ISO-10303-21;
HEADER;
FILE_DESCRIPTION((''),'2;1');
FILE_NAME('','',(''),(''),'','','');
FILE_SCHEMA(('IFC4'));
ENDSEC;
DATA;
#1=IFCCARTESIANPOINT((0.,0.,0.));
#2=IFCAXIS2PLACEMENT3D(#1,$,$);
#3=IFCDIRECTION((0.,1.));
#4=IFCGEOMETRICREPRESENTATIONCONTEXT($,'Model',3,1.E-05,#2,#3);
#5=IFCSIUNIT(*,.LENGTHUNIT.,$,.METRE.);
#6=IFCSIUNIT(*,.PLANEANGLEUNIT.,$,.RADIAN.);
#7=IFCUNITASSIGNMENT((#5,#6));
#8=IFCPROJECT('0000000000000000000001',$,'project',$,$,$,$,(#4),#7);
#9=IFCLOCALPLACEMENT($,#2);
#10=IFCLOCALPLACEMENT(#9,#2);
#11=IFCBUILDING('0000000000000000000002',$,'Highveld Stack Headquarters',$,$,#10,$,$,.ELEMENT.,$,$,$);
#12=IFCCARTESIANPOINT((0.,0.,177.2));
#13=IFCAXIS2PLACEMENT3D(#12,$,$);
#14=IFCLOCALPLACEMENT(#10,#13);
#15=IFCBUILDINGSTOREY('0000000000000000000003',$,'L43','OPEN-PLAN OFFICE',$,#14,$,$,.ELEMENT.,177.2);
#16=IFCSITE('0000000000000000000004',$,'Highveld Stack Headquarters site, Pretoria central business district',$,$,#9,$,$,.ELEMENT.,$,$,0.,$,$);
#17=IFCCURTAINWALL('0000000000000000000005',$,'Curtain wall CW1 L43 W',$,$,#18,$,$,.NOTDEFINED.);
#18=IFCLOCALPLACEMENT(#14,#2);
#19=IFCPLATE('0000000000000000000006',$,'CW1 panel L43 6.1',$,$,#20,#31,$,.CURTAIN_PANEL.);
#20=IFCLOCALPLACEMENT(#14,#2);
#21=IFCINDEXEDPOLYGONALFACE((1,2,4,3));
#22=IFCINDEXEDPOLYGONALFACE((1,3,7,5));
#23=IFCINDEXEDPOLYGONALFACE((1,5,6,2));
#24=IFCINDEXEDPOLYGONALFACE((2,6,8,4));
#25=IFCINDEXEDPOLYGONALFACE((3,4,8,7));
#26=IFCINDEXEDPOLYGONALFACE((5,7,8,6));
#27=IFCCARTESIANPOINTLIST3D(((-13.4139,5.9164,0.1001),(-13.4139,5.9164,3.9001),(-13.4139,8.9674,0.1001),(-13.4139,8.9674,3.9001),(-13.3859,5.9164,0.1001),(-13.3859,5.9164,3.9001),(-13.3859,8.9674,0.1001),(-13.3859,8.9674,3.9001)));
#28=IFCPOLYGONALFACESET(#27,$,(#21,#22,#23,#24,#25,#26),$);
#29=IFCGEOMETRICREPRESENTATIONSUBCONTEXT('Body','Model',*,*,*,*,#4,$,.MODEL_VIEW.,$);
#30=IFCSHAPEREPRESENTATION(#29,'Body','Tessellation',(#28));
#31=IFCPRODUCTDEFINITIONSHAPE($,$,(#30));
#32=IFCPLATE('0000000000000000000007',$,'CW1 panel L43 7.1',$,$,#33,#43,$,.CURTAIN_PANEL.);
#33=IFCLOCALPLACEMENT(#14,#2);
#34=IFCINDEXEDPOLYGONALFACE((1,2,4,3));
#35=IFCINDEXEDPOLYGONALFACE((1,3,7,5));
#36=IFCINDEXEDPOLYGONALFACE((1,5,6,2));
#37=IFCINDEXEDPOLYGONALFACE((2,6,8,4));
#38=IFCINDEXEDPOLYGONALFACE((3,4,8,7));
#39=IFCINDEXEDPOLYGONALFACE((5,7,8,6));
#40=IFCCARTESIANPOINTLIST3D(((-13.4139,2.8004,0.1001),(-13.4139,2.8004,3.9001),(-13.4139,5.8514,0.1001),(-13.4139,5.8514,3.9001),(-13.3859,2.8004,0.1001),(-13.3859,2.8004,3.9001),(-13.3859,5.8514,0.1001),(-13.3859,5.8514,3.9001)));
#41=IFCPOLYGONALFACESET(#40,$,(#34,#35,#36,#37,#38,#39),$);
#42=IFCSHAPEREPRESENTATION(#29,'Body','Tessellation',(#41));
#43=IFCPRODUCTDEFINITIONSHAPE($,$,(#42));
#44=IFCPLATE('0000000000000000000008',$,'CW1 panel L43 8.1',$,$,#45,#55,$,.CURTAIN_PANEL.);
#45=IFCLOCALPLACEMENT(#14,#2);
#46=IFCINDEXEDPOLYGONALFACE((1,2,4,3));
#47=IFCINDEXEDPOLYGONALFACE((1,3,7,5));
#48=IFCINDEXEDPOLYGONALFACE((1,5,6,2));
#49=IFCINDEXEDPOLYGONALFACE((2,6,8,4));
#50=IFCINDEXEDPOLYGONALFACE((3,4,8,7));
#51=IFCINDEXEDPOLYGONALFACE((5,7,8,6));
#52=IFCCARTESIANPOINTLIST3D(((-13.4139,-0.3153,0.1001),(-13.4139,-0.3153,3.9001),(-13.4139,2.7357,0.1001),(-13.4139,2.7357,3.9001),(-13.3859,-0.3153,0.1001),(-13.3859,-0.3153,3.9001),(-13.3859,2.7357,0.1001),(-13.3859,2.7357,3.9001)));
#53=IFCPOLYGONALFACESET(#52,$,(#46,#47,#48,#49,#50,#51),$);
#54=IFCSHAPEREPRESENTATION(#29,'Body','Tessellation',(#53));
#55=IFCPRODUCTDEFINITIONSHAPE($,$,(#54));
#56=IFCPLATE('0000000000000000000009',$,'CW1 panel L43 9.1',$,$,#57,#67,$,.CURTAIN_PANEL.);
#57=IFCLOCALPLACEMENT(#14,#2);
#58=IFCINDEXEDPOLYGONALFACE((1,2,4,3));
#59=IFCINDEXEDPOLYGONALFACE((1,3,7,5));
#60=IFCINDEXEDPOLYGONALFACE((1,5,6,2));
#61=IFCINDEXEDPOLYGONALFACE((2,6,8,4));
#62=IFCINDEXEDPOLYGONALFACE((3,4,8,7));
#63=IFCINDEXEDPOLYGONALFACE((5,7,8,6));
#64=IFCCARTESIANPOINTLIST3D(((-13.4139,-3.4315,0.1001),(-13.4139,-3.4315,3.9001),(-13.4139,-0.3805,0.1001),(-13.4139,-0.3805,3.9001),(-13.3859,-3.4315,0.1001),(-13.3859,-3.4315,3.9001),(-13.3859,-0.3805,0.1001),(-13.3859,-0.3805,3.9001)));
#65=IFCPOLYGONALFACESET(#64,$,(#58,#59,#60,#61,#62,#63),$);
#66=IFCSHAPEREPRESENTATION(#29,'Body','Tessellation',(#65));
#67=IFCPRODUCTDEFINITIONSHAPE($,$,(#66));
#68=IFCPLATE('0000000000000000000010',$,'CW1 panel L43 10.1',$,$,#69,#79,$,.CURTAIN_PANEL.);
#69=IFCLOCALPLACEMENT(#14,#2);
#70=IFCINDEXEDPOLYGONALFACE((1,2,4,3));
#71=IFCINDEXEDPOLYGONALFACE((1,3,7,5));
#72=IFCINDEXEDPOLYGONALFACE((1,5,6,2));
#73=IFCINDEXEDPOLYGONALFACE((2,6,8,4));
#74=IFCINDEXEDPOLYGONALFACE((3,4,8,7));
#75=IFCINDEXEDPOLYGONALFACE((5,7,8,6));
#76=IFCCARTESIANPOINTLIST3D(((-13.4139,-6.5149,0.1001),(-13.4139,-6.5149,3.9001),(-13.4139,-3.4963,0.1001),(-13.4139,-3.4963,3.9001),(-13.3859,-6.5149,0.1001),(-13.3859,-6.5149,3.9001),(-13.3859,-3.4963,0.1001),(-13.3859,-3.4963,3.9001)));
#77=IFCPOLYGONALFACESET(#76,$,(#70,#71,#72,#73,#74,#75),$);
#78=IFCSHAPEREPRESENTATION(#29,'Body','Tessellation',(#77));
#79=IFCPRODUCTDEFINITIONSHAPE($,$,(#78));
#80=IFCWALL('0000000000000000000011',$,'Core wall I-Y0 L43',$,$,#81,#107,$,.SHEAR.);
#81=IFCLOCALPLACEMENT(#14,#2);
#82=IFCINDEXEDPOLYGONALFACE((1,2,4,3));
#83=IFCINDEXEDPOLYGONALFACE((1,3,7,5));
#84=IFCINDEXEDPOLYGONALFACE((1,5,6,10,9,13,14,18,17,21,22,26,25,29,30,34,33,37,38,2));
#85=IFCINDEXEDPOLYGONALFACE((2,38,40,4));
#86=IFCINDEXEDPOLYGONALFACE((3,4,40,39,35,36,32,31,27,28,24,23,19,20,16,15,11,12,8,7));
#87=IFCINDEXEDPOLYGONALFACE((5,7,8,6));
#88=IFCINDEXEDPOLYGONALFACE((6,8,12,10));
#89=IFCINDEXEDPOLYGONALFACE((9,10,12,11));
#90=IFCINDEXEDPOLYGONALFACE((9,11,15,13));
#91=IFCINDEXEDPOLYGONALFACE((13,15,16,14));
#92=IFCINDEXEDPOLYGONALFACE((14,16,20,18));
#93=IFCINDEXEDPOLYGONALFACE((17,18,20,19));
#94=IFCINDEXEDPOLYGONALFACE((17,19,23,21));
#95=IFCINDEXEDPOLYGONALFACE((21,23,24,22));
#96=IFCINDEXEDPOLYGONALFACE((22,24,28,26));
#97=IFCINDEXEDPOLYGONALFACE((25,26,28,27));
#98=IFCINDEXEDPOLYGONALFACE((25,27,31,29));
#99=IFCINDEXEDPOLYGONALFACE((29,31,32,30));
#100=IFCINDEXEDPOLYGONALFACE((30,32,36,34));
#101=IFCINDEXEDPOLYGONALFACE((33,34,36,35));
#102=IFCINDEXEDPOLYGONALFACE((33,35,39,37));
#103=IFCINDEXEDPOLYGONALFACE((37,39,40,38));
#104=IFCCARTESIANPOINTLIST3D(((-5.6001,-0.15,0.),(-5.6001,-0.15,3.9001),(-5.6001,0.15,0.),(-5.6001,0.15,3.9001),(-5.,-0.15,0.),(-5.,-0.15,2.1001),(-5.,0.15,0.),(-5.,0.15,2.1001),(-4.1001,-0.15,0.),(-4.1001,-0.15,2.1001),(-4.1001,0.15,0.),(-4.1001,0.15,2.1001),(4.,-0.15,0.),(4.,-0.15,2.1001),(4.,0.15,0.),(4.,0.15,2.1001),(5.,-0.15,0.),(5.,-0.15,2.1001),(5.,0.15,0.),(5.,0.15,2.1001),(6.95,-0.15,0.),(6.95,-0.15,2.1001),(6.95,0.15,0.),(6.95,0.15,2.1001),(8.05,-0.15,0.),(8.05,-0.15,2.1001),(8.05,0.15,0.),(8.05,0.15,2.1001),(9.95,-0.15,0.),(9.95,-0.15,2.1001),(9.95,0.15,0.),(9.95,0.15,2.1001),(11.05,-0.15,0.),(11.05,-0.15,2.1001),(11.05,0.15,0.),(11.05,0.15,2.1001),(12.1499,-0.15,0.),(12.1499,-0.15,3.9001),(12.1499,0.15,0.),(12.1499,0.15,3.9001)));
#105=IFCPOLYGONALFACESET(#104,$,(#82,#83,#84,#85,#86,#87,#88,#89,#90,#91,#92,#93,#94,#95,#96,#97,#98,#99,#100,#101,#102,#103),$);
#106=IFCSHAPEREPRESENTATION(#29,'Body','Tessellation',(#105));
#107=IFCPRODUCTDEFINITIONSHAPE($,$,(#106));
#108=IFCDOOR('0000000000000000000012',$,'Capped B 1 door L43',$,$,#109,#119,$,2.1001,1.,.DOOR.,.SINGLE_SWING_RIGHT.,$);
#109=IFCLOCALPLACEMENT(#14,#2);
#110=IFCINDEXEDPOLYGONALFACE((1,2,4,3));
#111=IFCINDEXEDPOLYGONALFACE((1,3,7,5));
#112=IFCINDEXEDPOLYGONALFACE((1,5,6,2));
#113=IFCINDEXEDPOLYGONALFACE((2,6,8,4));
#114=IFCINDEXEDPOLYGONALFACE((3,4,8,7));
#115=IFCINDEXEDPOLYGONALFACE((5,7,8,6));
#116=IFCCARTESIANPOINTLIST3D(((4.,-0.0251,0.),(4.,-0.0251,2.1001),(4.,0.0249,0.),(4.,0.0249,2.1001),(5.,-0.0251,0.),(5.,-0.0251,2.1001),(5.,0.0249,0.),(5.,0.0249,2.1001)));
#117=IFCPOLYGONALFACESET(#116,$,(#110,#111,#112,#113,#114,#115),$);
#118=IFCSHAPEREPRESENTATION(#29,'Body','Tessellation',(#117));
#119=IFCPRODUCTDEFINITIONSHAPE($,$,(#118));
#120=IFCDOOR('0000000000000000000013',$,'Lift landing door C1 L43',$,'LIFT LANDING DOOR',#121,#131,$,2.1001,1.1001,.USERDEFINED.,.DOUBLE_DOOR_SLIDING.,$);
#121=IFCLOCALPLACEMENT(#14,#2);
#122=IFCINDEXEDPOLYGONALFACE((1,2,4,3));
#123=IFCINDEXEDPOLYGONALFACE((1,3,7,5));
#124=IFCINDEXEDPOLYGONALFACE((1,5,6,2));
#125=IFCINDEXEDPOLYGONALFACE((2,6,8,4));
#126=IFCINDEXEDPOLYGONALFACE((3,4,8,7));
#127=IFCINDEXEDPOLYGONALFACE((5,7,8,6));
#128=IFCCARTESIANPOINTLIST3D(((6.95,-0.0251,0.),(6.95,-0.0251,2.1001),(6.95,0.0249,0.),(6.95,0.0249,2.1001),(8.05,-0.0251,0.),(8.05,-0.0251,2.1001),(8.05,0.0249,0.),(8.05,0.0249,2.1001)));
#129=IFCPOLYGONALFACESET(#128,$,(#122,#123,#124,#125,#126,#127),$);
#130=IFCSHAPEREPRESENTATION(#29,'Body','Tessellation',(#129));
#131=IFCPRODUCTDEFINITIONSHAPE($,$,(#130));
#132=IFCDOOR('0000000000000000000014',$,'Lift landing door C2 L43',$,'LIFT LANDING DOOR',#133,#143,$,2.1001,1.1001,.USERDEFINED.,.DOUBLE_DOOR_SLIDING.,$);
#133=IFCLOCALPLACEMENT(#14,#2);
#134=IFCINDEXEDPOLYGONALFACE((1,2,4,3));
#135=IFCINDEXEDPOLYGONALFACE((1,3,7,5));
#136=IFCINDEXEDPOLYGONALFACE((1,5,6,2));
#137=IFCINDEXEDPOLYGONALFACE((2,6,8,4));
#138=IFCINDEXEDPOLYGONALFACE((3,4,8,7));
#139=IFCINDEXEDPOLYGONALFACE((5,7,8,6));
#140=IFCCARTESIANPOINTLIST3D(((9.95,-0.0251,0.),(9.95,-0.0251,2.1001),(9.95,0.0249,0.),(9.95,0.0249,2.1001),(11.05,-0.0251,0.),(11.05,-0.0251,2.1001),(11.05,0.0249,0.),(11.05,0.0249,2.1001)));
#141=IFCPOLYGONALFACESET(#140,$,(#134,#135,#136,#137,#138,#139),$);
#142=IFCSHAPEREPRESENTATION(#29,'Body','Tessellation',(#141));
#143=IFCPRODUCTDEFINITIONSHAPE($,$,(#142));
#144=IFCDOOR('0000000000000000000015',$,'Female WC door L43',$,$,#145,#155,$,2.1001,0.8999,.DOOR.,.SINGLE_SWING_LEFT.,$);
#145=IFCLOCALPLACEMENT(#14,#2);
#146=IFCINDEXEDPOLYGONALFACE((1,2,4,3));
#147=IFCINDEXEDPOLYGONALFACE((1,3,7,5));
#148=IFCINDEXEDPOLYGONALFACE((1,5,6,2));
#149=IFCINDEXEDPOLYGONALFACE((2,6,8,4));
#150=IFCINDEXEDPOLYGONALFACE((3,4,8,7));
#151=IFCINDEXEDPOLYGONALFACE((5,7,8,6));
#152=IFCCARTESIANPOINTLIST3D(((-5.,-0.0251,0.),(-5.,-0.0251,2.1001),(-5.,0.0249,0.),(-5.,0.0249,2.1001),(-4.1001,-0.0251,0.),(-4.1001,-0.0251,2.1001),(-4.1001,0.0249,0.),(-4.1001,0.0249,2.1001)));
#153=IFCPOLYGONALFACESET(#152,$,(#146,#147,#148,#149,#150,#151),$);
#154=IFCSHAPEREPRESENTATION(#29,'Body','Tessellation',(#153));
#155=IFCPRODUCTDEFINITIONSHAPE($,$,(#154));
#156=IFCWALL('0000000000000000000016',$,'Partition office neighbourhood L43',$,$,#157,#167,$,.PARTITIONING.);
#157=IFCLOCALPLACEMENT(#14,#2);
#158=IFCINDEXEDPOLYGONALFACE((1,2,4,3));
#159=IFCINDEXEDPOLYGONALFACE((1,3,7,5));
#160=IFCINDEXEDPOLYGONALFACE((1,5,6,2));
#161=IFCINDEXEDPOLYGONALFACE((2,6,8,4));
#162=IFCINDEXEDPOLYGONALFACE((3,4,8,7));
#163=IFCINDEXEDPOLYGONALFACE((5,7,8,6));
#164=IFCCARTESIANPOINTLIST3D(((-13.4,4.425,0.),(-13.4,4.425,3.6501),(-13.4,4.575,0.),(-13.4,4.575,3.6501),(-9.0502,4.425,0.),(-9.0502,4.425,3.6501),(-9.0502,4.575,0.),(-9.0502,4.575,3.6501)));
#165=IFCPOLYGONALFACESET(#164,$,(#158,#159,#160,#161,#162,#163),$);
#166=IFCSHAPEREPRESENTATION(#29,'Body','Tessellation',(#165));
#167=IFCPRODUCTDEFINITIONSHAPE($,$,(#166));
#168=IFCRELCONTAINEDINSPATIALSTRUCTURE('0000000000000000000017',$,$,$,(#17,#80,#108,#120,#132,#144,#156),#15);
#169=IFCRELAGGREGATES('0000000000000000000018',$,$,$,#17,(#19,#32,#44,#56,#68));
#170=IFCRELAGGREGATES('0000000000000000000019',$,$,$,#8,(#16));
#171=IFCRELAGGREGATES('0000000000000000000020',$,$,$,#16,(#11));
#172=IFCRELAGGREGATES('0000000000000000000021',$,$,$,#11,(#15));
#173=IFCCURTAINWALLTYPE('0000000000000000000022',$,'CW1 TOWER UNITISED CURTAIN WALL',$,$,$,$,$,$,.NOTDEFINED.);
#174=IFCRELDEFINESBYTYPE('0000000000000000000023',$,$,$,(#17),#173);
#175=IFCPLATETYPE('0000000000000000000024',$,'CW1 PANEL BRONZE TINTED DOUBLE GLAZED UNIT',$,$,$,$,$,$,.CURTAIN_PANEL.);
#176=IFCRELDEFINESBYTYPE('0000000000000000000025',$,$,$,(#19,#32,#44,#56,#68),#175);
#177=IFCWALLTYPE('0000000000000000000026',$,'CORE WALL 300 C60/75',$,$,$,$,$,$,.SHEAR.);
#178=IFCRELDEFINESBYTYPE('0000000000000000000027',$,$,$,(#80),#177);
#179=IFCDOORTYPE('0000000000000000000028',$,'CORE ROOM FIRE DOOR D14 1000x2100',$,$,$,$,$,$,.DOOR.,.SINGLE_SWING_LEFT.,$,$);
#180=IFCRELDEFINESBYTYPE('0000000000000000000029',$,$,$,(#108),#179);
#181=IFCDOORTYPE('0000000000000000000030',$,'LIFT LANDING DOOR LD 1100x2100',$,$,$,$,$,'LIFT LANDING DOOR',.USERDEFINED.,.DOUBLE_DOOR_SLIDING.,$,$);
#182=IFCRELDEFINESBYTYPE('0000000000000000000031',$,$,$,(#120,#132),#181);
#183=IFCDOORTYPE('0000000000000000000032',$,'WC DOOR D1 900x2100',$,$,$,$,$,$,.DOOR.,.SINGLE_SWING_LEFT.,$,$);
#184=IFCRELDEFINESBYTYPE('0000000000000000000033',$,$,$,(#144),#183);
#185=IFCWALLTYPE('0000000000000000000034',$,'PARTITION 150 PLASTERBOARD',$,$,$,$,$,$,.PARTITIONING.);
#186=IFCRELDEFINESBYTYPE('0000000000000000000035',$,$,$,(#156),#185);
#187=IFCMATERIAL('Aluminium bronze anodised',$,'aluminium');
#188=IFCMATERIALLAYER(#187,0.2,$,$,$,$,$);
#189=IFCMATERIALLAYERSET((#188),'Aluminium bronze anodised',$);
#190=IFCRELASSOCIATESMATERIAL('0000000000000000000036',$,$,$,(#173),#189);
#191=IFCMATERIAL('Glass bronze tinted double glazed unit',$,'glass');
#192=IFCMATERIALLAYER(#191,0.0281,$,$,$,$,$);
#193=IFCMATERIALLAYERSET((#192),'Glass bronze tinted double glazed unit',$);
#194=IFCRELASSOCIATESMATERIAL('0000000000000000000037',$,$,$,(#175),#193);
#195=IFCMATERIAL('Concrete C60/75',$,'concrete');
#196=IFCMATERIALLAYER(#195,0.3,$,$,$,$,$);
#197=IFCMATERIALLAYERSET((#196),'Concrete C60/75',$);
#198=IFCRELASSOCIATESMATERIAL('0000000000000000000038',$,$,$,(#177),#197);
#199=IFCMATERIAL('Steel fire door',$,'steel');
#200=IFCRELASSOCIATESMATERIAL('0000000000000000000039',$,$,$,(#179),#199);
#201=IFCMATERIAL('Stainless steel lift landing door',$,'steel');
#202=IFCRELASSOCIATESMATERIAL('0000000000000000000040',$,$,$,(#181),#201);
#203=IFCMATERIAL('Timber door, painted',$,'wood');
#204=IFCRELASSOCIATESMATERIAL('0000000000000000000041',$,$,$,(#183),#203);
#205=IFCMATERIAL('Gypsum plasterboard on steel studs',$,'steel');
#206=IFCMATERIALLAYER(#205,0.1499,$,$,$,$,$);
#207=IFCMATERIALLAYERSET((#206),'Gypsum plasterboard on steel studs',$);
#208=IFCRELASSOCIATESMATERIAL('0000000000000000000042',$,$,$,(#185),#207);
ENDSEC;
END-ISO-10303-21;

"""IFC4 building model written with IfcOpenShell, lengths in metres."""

from ifc_helpers import new_model, si_unit, direction, frame, frame_2d, origin, origin_2d, place, context, subcontext, project, spatial, rectangle, extrude, material, layer, layer_set, type_object, element, fill, aggregate, save


model = new_model("IFC4")

# Units and contexts
model_context = context("Model", 3, precision=1e-05, world=origin(), true_north=direction((0.0, 1.0)))
body_context = subcontext(model_context, "Body", "Model", "MODEL_VIEW")
ifc_project = project(units=[si_unit("LENGTHUNIT", "METRE"), si_unit("PLANEANGLEUNIT", "RADIAN")], contexts=[model_context])

# Site, building, storey
site_placement = place(None, origin())
site = spatial("IfcSite", under=ifc_project, at=site_placement, Name="Highveld Stack Headquarters site, Pretoria central business district", CompositionType="ELEMENT", RefElevation=0.0)
building_placement = place(site_placement, origin())
building = spatial("IfcBuilding", under=site, at=building_placement, Name="Highveld Stack Headquarters", CompositionType="ELEMENT")
storey_placement = place(building_placement, frame((0.0, 0.0, 177.2)))
storey = spatial("IfcBuildingStorey", under=building, at=storey_placement, Name="L43", Description="OPEN-PLAN OFFICE", CompositionType="ELEMENT", Elevation=177.2)

# Curtain wall, plates
ifc_material_1 = material(Name="Aluminium bronze anodised", Category="aluminium")
ifc_layer_1 = layer(ifc_material_1, 0.2)
ifc_layer_set_1 = layer_set([ifc_layer_1], Name="Aluminium bronze anodised")
curtain_wall_type = type_object("IfcCurtainWallType", Name="CW1 TOWER UNITISED CURTAIN WALL", PredefinedType="NOTDEFINED", material=ifc_layer_set_1)
curtain_wall_placement = place(storey_placement, origin())
curtain_wall = element("IfcCurtainWall", 1, at=curtain_wall_placement, inside=storey, type_object=curtain_wall_type, Name="Curtain wall CW1 L43 W", PredefinedType="NOTDEFINED")
ifc_material_2 = material(Name="Glass bronze tinted double glazed unit", Category="glass")
ifc_layer_2 = layer(ifc_material_2, 0.0281)
ifc_layer_set_2 = layer_set([ifc_layer_2], Name="Glass bronze tinted double glazed unit")
plate_type = type_object("IfcPlateType", Name="CW1 PANEL BRONZE TINTED DOUBLE GLAZED UNIT", PredefinedType="CURTAIN_PANEL", material=ifc_layer_set_2)
plate_1_placement = place(storey_placement, frame((-13.3999, 7.4419, 0.1001), z_axis=(0.0, 0.0, 1.0), x_axis=(0.0, -1.0, 0.0)))
plate_1 = element("IfcPlate", 2, at=plate_1_placement, type_object=plate_type, Name="CW1 panel L43 6.1", PredefinedType="CURTAIN_PANEL", context=body_context, shape_type="SweptSolid", body=[
    extrude(rectangle(XDim=3.051, YDim=0.0281, at=origin_2d()), origin(), (0.0, 0.0, 1.0), 3.8),
])
plate_2_placement = place(storey_placement, frame((-13.3999, 4.3259, 0.1001), z_axis=(0.0, 0.0, 1.0), x_axis=(0.0, -1.0, 0.0)))
plate_2 = element("IfcPlate", 3, at=plate_2_placement, type_object=plate_type, Name="CW1 panel L43 7.1", PredefinedType="CURTAIN_PANEL", context=body_context, shape_type="SweptSolid", body=[
    extrude(rectangle(XDim=3.051, YDim=0.0281, at=origin_2d()), origin(), (0.0, 0.0, 1.0), 3.8),
])
plate_3_placement = place(storey_placement, frame((-13.3999, 1.2102, 0.1001), z_axis=(0.0, 0.0, 1.0), x_axis=(0.0, -1.0, 0.0)))
plate_3 = element("IfcPlate", 4, at=plate_3_placement, type_object=plate_type, Name="CW1 panel L43 8.1", PredefinedType="CURTAIN_PANEL", context=body_context, shape_type="SweptSolid", body=[
    extrude(rectangle(XDim=3.051, YDim=0.0281, at=origin_2d()), origin(), (0.0, 0.0, 1.0), 3.8),
])
plate_4_placement = place(storey_placement, frame((-13.3999, -1.906, 0.1001), z_axis=(0.0, 0.0, 1.0), x_axis=(0.0, -1.0, 0.0)))
plate_4 = element("IfcPlate", 5, at=plate_4_placement, type_object=plate_type, Name="CW1 panel L43 9.1", PredefinedType="CURTAIN_PANEL", context=body_context, shape_type="SweptSolid", body=[
    extrude(rectangle(XDim=3.051, YDim=0.0281, at=origin_2d()), origin(), (0.0, 0.0, 1.0), 3.8),
])
plate_5_placement = place(storey_placement, frame((-13.3999, -5.0056, 0.1001), z_axis=(0.0, 0.0, 1.0), x_axis=(0.0, -1.0, 0.0)))
plate_5 = element("IfcPlate", 6, at=plate_5_placement, type_object=plate_type, Name="CW1 panel L43 10.1", PredefinedType="CURTAIN_PANEL", context=body_context, shape_type="SweptSolid", body=[
    extrude(rectangle(XDim=3.0186, YDim=0.0281, at=origin_2d()), origin(), (0.0, 0.0, 1.0), 3.8),
])
aggregate(curtain_wall, [plate_1, plate_2, plate_3, plate_4, plate_5])

# Wall, openings, doors
ifc_material_3 = material(Name="Concrete C60/75", Category="concrete")
ifc_layer_3 = layer(ifc_material_3, 0.3)
ifc_layer_set_3 = layer_set([ifc_layer_3], Name="Concrete C60/75")
wall_type_1 = type_object("IfcWallType", Name="CORE WALL 300 C60/75", PredefinedType="SHEAR", material=ifc_layer_set_3)
wall_1_placement = place(storey_placement, frame((-5.6001, 0.0, 0.0), z_axis=(0.0, 0.0, 1.0), x_axis=(1.0, 0.0, 0.0)))
wall_1 = element("IfcWall", 7, at=wall_1_placement, inside=storey, type_object=wall_type_1, Name="Core wall I-Y0 L43", PredefinedType="SHEAR", context=body_context, shape_type="SweptSolid", body=[
    extrude(rectangle(XDim=17.75, YDim=0.3, at=frame_2d((8.875, 0.0))), origin(), (0.0, 0.0, 1.0), 3.9001),
])
opening_1_placement = place(wall_1_placement, frame((0.6001, 0.0, 0.0)))
opening_1 = element("IfcOpeningElement", 8, at=opening_1_placement, cuts=wall_1, PredefinedType="OPENING", context=body_context, shape_type="SweptSolid", body=[
    extrude(rectangle(XDim=0.8999, YDim=2.1001, at=frame_2d((0.45, 1.05))), frame((0.0, 0.1599, 0.0), z_axis=(0.0, -1.0, 0.0), x_axis=(1.0, 0.0, 0.0)), (0.0, 0.0, 1.0), 0.3201),
])
opening_2_placement = place(wall_1_placement, frame((9.6001, 0.0, 0.0)))
opening_2 = element("IfcOpeningElement", 9, at=opening_2_placement, cuts=wall_1, PredefinedType="OPENING", context=body_context, shape_type="SweptSolid", body=[
    extrude(rectangle(XDim=1.0, YDim=2.1001, at=frame_2d((0.5, 1.05))), frame((0.0, 0.1599, 0.0), z_axis=(0.0, -1.0, 0.0), x_axis=(1.0, 0.0, 0.0)), (0.0, 0.0, 1.0), 0.3201),
])
opening_3_placement = place(wall_1_placement, frame((12.55, 0.0, 0.0)))
opening_3 = element("IfcOpeningElement", 10, at=opening_3_placement, cuts=wall_1, PredefinedType="OPENING", context=body_context, shape_type="SweptSolid", body=[
    extrude(rectangle(XDim=1.1001, YDim=2.1001, at=frame_2d((0.55, 1.05))), frame((0.0, 0.1599, 0.0), z_axis=(0.0, -1.0, 0.0), x_axis=(1.0, 0.0, 0.0)), (0.0, 0.0, 1.0), 0.3201),
])
opening_4_placement = place(wall_1_placement, frame((15.55, 0.0, 0.0)))
opening_4 = element("IfcOpeningElement", 11, at=opening_4_placement, cuts=wall_1, PredefinedType="OPENING", context=body_context, shape_type="SweptSolid", body=[
    extrude(rectangle(XDim=1.1001, YDim=2.1001, at=frame_2d((0.55, 1.05))), frame((0.0, 0.1599, 0.0), z_axis=(0.0, -1.0, 0.0), x_axis=(1.0, 0.0, 0.0)), (0.0, 0.0, 1.0), 0.3201),
])
ifc_material_4 = material(Name="Steel fire door", Category="steel")
door_type_1 = type_object("IfcDoorType", Name="CORE ROOM FIRE DOOR D14 1000x2100", OperationType="SINGLE_SWING_LEFT", PredefinedType="DOOR", material=ifc_material_4)
door_1_placement = place(opening_2_placement, origin())
door_1 = element("IfcDoor", 12, at=door_1_placement, inside=storey, type_object=door_type_1, Name="Capped B 1 door L43", OperationType="SINGLE_SWING_RIGHT", OverallHeight=2.1001, OverallWidth=1.0, PredefinedType="DOOR", context=body_context, shape_type="SweptSolid", body=[
    extrude(rectangle(XDim=1.0, YDim=2.1001, at=frame_2d((0.5, 1.05))), frame((0.0, 0.0249, 0.0), z_axis=(0.0, -1.0, 0.0), x_axis=(1.0, 0.0, 0.0)), (0.0, 0.0, 1.0), 0.05),
])
fill(opening_2, door_1)
ifc_material_5 = material(Name="Stainless steel lift landing door", Category="steel")
door_type_2 = type_object("IfcDoorType", Name="LIFT LANDING DOOR LD 1100x2100", ElementType="LIFT LANDING DOOR", OperationType="DOUBLE_DOOR_SLIDING", PredefinedType="USERDEFINED", material=ifc_material_5)
door_2_placement = place(opening_3_placement, origin())
door_2 = element("IfcDoor", 13, at=door_2_placement, inside=storey, type_object=door_type_2, Name="Lift landing door C1 L43", ObjectType="LIFT LANDING DOOR", OperationType="DOUBLE_DOOR_SLIDING", OverallHeight=2.1001, OverallWidth=1.1001, PredefinedType="USERDEFINED", context=body_context, shape_type="SweptSolid", body=[
    extrude(rectangle(XDim=1.1001, YDim=2.1001, at=frame_2d((0.55, 1.05))), frame((0.0, 0.0249, 0.0), z_axis=(0.0, -1.0, 0.0), x_axis=(1.0, 0.0, 0.0)), (0.0, 0.0, 1.0), 0.05),
])
fill(opening_3, door_2)
door_3_placement = place(opening_4_placement, origin())
door_3 = element("IfcDoor", 14, at=door_3_placement, inside=storey, type_object=door_type_2, Name="Lift landing door C2 L43", ObjectType="LIFT LANDING DOOR", OperationType="DOUBLE_DOOR_SLIDING", OverallHeight=2.1001, OverallWidth=1.1001, PredefinedType="USERDEFINED", context=body_context, shape_type="SweptSolid", body=[
    extrude(rectangle(XDim=1.1001, YDim=2.1001, at=frame_2d((0.55, 1.05))), frame((0.0, 0.0249, 0.0), z_axis=(0.0, -1.0, 0.0), x_axis=(1.0, 0.0, 0.0)), (0.0, 0.0, 1.0), 0.05),
])
fill(opening_4, door_3)
ifc_material_6 = material(Name="Timber door, painted", Category="wood")
door_type_3 = type_object("IfcDoorType", Name="WC DOOR D1 900x2100", OperationType="SINGLE_SWING_LEFT", PredefinedType="DOOR", material=ifc_material_6)
door_4_placement = place(opening_1_placement, origin())
door_4 = element("IfcDoor", 15, at=door_4_placement, inside=storey, type_object=door_type_3, Name="Female WC door L43", OperationType="SINGLE_SWING_LEFT", OverallHeight=2.1001, OverallWidth=0.8999, PredefinedType="DOOR", context=body_context, shape_type="SweptSolid", body=[
    extrude(rectangle(XDim=0.8999, YDim=2.1001, at=frame_2d((0.45, 1.05))), frame((0.0, 0.0249, 0.0), z_axis=(0.0, -1.0, 0.0), x_axis=(1.0, 0.0, 0.0)), (0.0, 0.0, 1.0), 0.05),
])
fill(opening_1, door_4)

# Wall
ifc_material_7 = material(Name="Gypsum plasterboard on steel studs", Category="steel")
ifc_layer_4 = layer(ifc_material_7, 0.1499)
ifc_layer_set_4 = layer_set([ifc_layer_4], Name="Gypsum plasterboard on steel studs")
wall_type_2 = type_object("IfcWallType", Name="PARTITION 150 PLASTERBOARD", PredefinedType="PARTITIONING", material=ifc_layer_set_4)
wall_2_placement = place(storey_placement, frame((-13.3999, 4.5, 0.0), z_axis=(0.0, 0.0, 1.0), x_axis=(1.0, 0.0, 0.0)))
element("IfcWall", 16, at=wall_2_placement, inside=storey, type_object=wall_type_2, Name="Partition office neighbourhood L43", PredefinedType="PARTITIONING", context=body_context, shape_type="SweptSolid", body=[
    extrude(rectangle(XDim=4.3499, YDim=0.1499, at=frame_2d((2.1748, 0.0))), origin(), (0.0, 0.0, 1.0), 3.6501),
])

save(model, "model.ifc")
